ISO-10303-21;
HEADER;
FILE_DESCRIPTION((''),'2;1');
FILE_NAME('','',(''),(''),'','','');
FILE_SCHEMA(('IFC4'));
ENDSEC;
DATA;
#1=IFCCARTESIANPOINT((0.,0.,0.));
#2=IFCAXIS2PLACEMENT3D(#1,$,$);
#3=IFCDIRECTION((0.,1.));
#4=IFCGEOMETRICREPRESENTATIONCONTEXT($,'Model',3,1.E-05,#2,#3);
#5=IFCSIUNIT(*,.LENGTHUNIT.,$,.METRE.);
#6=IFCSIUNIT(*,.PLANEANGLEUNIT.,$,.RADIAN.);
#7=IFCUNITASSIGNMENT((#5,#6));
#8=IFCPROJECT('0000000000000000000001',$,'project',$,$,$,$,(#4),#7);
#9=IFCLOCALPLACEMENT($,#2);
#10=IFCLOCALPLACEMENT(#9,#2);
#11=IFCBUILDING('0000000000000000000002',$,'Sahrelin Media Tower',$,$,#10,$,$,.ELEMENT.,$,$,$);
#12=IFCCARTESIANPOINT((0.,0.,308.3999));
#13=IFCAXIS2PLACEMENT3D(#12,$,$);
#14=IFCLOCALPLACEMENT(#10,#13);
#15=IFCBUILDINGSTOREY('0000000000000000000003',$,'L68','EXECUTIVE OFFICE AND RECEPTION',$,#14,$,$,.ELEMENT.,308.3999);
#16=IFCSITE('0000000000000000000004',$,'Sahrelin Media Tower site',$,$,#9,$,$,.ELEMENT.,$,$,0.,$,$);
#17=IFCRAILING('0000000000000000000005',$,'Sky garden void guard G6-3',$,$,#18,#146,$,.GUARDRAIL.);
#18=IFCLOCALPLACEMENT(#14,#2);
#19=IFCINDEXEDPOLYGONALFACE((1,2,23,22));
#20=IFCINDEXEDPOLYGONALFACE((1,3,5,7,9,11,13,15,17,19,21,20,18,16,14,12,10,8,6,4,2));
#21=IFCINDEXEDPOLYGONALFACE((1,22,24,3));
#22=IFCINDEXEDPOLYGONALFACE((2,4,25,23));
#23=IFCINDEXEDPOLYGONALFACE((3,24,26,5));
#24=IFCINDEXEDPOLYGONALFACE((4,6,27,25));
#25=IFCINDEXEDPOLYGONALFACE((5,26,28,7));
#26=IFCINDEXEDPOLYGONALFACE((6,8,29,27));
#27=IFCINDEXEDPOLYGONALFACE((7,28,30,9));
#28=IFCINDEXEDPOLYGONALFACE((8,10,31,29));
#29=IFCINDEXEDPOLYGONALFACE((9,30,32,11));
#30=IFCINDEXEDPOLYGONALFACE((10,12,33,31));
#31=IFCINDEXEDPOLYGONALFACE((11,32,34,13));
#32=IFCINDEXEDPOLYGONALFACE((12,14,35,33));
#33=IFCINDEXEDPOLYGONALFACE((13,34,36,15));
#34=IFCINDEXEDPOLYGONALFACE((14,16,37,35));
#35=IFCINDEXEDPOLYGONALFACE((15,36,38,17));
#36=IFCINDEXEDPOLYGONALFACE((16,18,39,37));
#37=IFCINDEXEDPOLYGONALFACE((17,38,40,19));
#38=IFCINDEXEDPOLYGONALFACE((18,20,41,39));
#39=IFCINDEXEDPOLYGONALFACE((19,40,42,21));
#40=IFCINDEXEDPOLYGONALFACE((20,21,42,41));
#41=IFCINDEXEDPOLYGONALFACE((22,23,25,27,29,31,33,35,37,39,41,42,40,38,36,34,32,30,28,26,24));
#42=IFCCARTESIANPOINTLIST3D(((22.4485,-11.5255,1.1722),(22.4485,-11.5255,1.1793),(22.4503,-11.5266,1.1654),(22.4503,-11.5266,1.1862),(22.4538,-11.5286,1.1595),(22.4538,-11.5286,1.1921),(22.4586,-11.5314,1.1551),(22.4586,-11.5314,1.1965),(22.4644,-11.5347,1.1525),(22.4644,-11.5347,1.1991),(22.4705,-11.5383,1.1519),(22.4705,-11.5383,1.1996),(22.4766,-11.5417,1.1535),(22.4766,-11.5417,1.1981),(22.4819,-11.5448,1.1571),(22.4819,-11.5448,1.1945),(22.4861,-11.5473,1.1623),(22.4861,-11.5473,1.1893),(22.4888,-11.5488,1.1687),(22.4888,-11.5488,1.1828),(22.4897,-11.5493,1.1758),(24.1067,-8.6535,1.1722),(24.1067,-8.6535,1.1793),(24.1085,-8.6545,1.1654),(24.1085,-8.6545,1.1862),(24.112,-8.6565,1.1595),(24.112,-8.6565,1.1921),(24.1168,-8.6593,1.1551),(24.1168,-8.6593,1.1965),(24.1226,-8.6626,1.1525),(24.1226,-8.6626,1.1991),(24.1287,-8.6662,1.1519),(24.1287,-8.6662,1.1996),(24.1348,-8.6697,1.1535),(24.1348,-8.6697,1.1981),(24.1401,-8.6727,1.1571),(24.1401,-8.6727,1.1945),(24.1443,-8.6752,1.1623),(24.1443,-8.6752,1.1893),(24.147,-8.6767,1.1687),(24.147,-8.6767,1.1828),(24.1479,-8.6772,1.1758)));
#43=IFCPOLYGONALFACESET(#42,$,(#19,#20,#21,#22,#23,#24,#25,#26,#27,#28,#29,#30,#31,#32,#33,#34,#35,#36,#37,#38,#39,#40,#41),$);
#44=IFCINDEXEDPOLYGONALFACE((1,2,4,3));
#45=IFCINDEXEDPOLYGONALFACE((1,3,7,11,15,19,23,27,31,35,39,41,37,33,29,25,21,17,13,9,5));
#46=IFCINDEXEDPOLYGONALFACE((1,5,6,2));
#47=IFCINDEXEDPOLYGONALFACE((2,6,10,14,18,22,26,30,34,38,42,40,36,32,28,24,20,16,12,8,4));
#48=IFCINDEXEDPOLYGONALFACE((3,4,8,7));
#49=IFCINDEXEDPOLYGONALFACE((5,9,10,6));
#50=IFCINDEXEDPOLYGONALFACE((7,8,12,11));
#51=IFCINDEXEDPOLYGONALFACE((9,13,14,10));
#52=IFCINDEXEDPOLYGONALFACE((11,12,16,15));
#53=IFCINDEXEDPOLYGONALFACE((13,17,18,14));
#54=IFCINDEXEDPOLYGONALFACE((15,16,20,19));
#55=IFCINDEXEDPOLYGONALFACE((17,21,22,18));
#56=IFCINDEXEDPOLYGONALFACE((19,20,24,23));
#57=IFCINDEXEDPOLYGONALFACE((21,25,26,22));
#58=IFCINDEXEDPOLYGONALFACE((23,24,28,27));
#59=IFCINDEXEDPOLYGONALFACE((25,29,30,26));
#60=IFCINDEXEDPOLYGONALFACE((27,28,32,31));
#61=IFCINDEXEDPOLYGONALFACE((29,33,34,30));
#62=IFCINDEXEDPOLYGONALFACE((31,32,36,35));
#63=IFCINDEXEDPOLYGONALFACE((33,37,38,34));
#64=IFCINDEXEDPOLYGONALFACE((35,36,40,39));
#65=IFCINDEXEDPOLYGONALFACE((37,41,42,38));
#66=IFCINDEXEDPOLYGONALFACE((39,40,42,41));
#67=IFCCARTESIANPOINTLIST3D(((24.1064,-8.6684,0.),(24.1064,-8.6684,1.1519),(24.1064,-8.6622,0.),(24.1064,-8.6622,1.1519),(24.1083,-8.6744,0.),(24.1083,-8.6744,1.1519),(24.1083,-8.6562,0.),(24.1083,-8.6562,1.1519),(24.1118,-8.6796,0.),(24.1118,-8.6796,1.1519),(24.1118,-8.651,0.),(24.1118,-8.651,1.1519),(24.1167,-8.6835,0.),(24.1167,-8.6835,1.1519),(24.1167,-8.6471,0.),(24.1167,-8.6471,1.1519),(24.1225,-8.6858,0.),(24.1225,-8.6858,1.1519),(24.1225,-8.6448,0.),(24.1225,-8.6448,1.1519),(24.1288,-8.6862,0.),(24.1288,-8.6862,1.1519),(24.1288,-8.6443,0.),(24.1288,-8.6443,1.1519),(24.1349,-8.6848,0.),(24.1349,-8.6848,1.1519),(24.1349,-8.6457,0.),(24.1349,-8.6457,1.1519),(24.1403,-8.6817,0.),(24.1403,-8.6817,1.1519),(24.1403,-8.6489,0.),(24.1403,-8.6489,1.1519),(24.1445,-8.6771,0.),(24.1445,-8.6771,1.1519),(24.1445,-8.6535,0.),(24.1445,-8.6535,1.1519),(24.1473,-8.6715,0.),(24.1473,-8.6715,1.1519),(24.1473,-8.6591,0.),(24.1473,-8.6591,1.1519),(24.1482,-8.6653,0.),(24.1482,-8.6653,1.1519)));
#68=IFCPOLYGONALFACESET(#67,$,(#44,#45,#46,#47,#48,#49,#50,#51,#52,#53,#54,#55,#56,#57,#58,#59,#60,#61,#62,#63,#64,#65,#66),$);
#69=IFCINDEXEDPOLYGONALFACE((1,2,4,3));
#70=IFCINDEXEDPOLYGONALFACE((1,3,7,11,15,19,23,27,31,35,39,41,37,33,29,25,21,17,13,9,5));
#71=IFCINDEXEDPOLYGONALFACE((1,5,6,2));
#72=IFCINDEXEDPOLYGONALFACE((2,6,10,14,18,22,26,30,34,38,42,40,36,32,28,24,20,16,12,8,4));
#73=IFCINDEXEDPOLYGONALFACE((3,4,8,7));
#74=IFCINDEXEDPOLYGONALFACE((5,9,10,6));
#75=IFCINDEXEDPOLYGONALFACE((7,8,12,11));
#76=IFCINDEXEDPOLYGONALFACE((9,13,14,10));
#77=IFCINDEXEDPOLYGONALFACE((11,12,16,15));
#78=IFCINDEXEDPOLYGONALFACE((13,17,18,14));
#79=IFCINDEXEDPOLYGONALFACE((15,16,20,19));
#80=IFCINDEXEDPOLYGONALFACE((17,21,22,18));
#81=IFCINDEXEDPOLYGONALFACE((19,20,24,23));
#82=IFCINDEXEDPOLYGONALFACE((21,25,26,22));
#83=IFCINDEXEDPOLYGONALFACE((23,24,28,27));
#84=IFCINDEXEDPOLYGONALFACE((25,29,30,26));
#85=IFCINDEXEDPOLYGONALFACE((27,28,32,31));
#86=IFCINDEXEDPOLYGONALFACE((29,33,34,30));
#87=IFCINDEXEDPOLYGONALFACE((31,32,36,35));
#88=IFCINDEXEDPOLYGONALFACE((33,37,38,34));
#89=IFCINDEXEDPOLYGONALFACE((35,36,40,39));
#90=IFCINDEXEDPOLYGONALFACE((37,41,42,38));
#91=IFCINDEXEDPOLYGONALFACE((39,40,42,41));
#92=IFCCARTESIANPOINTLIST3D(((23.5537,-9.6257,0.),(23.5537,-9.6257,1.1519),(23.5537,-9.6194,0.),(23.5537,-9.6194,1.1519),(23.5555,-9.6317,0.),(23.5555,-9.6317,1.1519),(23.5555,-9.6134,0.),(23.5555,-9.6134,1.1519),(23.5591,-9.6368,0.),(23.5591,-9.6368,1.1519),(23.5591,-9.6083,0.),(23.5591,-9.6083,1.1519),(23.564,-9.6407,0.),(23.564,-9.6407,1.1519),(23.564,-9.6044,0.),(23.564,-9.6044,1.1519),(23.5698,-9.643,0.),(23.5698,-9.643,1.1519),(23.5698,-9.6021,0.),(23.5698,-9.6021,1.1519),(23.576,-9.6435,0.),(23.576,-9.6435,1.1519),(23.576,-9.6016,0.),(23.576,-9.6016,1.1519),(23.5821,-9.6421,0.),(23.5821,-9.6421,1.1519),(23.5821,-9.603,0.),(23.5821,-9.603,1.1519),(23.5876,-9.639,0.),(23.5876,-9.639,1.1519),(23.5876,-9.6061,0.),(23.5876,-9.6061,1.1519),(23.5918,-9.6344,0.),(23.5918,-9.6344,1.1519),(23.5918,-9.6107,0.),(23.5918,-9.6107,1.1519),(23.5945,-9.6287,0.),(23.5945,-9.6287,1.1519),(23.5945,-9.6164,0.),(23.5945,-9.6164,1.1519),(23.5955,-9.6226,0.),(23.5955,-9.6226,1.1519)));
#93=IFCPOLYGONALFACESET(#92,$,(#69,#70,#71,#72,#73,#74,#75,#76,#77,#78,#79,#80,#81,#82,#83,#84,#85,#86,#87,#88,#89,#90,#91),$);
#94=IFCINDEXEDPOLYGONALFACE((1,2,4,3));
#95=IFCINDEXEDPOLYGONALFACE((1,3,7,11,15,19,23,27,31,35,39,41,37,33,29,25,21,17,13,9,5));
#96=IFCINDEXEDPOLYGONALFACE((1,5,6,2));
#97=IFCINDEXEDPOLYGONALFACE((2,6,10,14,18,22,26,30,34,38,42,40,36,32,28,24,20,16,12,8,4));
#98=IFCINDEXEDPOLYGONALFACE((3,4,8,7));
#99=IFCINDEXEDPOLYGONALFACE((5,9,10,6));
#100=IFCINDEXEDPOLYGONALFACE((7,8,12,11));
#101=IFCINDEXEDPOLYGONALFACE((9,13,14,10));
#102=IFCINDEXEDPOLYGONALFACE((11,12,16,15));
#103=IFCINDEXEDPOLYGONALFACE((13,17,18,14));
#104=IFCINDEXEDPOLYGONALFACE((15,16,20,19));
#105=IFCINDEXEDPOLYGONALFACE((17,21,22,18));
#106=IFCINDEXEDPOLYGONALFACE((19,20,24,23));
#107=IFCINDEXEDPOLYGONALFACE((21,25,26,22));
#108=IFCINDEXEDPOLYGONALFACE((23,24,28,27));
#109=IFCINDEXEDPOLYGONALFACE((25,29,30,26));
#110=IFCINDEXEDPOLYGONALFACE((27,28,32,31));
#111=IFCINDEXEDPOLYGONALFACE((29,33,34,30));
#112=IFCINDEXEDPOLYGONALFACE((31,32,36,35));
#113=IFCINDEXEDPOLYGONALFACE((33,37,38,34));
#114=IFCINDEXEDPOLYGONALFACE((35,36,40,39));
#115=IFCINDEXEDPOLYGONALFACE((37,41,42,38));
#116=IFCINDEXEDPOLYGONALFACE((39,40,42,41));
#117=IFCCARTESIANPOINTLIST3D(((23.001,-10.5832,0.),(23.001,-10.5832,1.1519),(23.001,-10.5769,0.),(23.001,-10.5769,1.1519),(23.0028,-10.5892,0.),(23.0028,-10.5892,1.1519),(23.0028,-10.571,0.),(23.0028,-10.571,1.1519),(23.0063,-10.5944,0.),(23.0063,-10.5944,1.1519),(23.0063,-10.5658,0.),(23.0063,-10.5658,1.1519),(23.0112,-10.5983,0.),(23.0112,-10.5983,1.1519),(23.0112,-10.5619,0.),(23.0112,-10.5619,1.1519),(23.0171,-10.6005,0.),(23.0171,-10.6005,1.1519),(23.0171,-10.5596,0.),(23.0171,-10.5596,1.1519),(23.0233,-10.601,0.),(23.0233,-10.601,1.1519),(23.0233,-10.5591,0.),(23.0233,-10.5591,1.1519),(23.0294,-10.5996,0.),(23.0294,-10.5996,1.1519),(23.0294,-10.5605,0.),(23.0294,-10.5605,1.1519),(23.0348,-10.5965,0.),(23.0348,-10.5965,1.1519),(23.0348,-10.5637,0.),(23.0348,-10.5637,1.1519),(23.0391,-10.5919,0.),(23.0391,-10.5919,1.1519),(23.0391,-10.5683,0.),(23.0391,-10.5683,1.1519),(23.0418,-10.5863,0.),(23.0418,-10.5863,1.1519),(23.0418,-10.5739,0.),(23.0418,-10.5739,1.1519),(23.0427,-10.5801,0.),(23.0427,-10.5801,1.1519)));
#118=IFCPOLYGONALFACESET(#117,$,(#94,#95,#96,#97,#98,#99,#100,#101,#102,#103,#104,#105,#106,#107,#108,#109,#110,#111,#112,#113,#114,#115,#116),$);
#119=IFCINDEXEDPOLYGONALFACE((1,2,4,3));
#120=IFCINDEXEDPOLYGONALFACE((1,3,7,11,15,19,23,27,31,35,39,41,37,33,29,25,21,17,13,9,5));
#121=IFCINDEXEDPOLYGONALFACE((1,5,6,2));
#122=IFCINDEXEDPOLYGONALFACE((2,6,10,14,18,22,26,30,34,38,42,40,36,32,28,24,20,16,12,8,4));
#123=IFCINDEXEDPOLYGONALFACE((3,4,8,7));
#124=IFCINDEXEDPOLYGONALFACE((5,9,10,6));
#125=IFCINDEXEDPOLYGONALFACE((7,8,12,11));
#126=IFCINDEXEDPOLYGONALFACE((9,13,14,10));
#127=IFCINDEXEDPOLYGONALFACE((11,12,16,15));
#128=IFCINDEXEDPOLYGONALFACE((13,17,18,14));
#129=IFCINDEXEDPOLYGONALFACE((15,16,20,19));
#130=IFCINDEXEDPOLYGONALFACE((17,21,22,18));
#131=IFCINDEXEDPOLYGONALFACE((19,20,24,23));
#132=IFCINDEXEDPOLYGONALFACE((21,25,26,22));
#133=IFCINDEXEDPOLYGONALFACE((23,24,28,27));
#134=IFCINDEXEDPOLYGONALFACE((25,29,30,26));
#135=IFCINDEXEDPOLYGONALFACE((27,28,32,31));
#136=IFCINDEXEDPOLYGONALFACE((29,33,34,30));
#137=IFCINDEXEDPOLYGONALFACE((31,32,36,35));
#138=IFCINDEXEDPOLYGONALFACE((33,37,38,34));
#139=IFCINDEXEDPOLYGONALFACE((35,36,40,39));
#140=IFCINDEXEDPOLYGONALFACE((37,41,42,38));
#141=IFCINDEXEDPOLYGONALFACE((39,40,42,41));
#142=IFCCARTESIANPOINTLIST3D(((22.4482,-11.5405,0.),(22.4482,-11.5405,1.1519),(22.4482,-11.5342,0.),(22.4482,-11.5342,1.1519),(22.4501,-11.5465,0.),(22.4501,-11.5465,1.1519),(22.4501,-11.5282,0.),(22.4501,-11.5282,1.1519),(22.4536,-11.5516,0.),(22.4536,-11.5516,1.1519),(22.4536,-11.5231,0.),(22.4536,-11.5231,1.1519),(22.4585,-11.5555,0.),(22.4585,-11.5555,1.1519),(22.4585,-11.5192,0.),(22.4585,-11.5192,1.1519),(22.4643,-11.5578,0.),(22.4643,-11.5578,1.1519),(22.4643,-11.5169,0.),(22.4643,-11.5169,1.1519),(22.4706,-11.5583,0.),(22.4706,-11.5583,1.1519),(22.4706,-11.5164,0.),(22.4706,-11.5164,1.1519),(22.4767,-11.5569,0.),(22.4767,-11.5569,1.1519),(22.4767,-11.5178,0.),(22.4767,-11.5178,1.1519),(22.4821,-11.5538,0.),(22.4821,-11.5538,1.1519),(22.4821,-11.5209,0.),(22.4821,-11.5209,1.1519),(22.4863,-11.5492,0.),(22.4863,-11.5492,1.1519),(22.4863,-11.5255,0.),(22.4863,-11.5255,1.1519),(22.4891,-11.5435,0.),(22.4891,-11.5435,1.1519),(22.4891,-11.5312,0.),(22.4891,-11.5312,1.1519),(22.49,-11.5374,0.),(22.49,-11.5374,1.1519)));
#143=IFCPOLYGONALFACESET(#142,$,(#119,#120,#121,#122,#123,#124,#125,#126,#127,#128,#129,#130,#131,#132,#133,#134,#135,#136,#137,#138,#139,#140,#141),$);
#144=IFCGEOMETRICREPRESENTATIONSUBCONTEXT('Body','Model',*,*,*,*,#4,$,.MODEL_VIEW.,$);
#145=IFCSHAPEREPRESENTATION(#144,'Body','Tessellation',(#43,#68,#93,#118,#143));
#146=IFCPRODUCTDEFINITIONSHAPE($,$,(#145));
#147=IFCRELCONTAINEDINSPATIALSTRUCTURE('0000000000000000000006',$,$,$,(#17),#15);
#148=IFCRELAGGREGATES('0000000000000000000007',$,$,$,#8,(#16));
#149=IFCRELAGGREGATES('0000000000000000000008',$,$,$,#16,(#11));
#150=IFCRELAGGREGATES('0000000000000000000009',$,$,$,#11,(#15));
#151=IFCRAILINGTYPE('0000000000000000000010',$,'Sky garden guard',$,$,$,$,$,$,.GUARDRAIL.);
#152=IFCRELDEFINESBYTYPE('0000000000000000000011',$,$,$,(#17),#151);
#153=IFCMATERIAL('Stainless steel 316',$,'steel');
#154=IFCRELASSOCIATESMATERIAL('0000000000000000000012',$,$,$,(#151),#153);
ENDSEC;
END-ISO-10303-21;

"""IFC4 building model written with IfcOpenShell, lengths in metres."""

from ifc_helpers import new_model, si_unit, direction, frame, origin, origin_2d, place, context, subcontext, project, spatial, circle, extrude, material, type_object, element, save


model = new_model("IFC4")

# Units and contexts
model_context = context("Model", 3, precision=1e-05, world=origin(), true_north=direction((0.0, 1.0)))
body_context = subcontext(model_context, "Body", "Model", "MODEL_VIEW")
ifc_project = project(units=[si_unit("LENGTHUNIT", "METRE"), si_unit("PLANEANGLEUNIT", "RADIAN")], contexts=[model_context])

# Site, building, storey
site_placement = place(None, origin())
site = spatial("IfcSite", under=ifc_project, at=site_placement, Name="Sahrelin Media Tower site", CompositionType="ELEMENT", RefElevation=0.0)
building_placement = place(site_placement, origin())
building = spatial("IfcBuilding", under=site, at=building_placement, Name="Sahrelin Media Tower", CompositionType="ELEMENT")
storey_placement = place(building_placement, frame((0.0, 0.0, 308.3999)))
storey = spatial("IfcBuildingStorey", under=building, at=storey_placement, Name="L68", Description="EXECUTIVE OFFICE AND RECEPTION", CompositionType="ELEMENT", Elevation=308.3999)

# Railing
ifc_material_1 = material(Name="Stainless steel 316", Category="steel")
railing_type = type_object("IfcRailingType", Name="Sky garden guard", PredefinedType="GUARDRAIL", material=ifc_material_1)
railing_1_placement = place(storey_placement, frame((24.1272, -8.6653, 0.0)))
element("IfcRailing", 1, at=railing_1_placement, inside=storey, type_object=railing_type, Name="Sky garden void guard G6-3", PredefinedType="GUARDRAIL", context=body_context, shape_type="SweptSolid", body=[
    extrude(circle(Radius=0.0239, at=origin_2d()), frame((0.0, 0.0, 1.1758), z_axis=(-0.500003, -0.866024, 0.0), x_axis=(0.866024, -0.500003, 0.0)), (0.0, 0.0, 1.0), 3.3164),
    extrude(circle(Radius=0.021, at=origin_2d()), origin(), (0.0, 0.0, 1.0), 1.1519),
    extrude(circle(Radius=0.021, at=origin_2d()), frame((-0.5527, -0.9573, 0.0)), (0.0, 0.0, 1.0), 1.1519),
    extrude(circle(Radius=0.021, at=origin_2d()), frame((-1.1055, -1.9148, 0.0)), (0.0, 0.0, 1.0), 1.1519),
    extrude(circle(Radius=0.021, at=origin_2d()), frame((-1.6582, -2.8721, 0.0)), (0.0, 0.0, 1.0), 1.1519),
])

save(model, "model.ifc")
